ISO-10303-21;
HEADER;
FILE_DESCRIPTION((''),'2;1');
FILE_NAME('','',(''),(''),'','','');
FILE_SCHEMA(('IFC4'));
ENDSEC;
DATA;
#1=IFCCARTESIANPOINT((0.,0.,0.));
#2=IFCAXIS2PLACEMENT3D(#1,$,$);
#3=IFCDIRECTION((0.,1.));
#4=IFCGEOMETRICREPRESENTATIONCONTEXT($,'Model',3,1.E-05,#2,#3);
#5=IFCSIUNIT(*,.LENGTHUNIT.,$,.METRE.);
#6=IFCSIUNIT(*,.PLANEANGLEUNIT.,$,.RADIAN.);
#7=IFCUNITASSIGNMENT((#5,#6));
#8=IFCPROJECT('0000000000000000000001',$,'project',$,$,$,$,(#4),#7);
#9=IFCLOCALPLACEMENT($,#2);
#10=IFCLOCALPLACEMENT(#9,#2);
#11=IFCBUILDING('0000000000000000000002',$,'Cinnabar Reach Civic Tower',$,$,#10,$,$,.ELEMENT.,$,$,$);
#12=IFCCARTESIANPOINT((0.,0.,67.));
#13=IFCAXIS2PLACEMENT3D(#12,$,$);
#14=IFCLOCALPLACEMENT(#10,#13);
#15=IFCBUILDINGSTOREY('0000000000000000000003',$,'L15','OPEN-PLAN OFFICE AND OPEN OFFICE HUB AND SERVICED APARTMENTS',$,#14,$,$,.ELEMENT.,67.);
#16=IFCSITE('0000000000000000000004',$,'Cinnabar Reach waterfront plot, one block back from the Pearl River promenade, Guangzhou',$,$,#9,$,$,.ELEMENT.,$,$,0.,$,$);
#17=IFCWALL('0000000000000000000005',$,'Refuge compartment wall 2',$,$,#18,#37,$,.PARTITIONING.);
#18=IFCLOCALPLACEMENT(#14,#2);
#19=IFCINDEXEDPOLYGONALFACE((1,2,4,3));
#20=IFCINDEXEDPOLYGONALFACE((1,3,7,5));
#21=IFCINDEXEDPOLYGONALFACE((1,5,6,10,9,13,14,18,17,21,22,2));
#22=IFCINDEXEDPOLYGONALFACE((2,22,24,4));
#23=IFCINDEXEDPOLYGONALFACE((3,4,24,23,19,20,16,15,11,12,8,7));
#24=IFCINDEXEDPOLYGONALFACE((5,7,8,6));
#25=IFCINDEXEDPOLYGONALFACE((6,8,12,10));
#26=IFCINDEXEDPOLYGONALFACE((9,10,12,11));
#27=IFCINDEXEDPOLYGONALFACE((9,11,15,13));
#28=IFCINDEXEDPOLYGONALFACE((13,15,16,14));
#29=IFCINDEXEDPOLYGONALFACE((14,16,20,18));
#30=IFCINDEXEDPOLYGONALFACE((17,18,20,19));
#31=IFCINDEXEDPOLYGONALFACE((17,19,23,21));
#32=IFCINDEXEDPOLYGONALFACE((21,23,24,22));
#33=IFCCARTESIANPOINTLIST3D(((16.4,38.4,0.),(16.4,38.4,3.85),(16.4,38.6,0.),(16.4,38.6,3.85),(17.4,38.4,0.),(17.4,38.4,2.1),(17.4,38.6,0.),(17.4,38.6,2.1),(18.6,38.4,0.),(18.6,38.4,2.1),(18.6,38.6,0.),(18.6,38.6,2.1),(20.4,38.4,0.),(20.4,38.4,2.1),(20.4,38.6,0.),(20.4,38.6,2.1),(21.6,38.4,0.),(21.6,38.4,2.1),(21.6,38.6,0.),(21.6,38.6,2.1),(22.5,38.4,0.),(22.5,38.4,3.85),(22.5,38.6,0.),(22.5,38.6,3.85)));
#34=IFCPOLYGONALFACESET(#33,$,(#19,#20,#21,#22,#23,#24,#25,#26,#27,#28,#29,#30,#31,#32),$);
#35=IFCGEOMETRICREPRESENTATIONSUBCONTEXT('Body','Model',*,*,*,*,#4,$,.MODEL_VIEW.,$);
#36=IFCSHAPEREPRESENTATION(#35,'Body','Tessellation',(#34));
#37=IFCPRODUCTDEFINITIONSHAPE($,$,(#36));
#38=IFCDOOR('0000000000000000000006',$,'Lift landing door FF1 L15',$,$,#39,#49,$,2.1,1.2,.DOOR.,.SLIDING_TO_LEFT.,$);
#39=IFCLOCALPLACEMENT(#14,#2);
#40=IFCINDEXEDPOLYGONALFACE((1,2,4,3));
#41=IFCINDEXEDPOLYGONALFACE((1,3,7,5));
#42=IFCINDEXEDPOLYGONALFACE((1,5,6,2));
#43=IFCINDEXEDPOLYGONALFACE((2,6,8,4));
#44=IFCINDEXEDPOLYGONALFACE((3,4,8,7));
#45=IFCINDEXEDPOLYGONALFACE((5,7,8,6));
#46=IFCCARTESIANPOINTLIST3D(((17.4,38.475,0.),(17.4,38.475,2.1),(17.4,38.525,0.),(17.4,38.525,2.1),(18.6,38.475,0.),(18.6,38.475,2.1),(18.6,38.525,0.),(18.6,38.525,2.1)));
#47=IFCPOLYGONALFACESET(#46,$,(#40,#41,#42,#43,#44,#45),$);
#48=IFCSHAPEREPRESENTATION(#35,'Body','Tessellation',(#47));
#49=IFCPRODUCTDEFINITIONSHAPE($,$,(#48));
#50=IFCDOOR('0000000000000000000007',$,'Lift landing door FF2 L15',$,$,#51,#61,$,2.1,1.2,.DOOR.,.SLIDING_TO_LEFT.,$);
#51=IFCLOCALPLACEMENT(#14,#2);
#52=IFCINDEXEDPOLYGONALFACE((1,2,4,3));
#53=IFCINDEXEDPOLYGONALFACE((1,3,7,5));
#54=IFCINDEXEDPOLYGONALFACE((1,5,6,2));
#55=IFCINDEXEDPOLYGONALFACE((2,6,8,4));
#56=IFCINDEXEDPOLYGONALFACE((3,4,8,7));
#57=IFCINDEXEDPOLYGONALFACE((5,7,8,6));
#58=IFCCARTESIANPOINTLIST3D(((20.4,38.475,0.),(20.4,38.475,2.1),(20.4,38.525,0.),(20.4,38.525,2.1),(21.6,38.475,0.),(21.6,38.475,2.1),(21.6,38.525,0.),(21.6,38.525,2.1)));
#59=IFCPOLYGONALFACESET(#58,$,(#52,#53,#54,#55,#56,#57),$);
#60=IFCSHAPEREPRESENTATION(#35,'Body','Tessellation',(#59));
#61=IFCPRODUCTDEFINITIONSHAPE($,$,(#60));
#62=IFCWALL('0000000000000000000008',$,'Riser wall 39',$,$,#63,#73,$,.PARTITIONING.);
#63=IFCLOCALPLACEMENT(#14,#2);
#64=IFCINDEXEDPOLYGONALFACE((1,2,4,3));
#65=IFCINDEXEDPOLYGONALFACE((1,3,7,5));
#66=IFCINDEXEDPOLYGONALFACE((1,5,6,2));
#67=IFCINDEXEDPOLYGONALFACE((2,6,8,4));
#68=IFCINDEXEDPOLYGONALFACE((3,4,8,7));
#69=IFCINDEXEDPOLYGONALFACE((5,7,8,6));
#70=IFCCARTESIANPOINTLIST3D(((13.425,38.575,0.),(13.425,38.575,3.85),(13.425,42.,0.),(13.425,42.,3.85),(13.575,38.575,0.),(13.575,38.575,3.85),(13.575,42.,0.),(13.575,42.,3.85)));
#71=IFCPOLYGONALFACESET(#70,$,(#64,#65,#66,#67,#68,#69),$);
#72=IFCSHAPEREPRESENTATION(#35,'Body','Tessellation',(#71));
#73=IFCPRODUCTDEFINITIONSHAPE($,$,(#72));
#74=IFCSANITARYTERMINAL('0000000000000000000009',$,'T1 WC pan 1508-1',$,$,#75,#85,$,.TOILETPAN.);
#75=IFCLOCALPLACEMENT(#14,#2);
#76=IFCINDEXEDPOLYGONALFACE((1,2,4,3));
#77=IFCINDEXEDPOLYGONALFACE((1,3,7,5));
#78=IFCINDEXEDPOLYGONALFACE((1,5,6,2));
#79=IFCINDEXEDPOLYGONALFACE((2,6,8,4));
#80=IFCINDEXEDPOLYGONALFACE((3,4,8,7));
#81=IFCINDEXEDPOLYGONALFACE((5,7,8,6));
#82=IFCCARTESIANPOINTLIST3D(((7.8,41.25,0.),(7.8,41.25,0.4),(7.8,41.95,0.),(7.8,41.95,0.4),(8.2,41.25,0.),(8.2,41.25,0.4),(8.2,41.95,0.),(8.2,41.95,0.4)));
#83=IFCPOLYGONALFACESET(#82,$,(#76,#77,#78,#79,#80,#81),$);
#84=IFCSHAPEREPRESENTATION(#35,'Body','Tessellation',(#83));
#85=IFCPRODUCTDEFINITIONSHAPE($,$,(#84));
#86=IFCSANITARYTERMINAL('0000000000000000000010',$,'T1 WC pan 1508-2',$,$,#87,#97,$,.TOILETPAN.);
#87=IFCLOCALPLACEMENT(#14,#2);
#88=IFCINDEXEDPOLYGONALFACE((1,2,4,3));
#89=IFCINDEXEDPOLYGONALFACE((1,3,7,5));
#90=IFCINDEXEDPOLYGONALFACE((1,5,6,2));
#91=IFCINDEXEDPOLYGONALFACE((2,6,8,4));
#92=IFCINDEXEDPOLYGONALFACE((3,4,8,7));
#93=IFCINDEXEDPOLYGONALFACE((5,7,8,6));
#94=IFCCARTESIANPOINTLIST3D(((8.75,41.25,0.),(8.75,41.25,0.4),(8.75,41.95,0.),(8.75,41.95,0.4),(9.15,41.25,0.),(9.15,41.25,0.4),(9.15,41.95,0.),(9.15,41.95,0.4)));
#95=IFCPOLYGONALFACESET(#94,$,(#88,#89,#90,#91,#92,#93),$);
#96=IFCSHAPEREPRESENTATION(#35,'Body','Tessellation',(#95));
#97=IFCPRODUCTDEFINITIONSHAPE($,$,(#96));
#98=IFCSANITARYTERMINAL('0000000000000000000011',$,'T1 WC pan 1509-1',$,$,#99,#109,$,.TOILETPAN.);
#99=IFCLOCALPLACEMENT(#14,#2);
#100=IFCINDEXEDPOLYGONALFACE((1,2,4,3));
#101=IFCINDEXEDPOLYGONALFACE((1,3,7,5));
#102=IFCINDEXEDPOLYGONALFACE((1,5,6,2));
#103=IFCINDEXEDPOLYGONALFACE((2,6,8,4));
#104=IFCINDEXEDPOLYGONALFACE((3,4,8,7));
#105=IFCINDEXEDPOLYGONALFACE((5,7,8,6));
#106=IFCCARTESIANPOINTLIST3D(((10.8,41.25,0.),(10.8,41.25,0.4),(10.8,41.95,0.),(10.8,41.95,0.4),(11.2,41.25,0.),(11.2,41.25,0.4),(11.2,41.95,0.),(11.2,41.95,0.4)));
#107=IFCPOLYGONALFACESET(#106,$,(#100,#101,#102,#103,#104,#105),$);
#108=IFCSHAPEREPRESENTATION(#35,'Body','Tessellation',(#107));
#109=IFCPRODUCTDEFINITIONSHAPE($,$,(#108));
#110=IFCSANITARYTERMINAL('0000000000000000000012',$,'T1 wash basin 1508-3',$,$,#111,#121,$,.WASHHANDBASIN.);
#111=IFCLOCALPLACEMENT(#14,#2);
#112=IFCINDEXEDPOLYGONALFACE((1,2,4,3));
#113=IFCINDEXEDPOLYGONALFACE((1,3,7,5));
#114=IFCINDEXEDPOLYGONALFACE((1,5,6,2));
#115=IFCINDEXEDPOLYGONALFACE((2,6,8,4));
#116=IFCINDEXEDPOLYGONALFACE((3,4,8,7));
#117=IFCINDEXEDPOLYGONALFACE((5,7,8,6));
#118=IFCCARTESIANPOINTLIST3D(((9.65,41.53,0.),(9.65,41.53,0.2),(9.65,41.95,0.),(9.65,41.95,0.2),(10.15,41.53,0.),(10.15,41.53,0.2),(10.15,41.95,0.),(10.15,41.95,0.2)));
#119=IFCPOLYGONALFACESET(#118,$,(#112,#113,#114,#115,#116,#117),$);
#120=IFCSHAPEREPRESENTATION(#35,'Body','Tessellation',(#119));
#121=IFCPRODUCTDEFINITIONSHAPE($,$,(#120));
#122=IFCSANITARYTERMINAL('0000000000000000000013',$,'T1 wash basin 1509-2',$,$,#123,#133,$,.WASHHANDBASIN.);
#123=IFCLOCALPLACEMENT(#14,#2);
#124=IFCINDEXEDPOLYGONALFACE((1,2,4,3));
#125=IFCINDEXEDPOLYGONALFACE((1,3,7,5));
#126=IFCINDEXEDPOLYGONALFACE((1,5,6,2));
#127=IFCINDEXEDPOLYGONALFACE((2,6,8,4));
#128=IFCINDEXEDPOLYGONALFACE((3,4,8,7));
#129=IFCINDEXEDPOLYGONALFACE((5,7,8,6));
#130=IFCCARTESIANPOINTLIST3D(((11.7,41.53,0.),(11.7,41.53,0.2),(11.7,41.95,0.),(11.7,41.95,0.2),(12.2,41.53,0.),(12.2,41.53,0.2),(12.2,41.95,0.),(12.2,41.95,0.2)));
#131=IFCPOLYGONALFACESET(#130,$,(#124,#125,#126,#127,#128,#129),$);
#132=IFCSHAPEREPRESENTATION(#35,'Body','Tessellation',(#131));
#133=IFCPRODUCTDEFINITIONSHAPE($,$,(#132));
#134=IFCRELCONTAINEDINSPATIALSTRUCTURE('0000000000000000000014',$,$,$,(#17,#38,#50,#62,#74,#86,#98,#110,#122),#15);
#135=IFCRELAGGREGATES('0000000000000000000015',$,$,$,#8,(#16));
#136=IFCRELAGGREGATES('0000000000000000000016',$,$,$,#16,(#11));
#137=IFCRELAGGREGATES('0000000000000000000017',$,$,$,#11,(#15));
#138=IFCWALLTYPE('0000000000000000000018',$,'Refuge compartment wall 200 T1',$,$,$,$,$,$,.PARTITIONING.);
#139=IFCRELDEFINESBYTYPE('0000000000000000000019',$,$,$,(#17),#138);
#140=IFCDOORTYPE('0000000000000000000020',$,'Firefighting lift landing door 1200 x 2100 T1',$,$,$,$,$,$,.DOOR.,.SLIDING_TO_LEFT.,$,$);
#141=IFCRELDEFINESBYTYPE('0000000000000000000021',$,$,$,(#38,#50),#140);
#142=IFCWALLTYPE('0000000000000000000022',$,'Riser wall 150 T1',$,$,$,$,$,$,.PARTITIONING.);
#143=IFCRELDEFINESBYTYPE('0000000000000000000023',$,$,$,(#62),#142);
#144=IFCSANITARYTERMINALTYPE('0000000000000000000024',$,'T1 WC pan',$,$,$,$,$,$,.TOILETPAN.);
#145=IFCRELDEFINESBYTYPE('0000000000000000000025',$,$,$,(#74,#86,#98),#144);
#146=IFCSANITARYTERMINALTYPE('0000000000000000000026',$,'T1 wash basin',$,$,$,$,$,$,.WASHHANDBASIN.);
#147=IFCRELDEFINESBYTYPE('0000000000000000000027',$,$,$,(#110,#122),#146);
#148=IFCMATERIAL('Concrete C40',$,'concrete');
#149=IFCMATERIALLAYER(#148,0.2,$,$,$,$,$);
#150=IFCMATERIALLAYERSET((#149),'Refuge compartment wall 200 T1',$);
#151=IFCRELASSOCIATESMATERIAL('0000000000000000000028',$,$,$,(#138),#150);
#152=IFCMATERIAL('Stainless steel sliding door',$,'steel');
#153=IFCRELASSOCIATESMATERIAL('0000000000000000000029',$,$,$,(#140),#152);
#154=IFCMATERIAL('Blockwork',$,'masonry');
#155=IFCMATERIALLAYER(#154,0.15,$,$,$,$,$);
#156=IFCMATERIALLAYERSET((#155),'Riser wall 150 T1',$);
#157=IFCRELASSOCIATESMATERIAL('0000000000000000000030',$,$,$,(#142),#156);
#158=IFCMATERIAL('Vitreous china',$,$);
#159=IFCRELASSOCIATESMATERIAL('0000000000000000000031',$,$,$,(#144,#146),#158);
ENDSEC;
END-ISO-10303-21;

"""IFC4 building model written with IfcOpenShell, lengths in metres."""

from ifc_helpers import new_model, si_unit, direction, frame, frame_2d, origin, origin_2d, place, context, subcontext, project, spatial, rectangle, extrude, material, layer, layer_set, type_object, element, fill, save


model = new_model("IFC4")

# Units and contexts
model_context = context("Model", 3, precision=1e-05, world=origin(), true_north=direction((0.0, 1.0)))
body_context = subcontext(model_context, "Body", "Model", "MODEL_VIEW")
ifc_project = project(units=[si_unit("LENGTHUNIT", "METRE"), si_unit("PLANEANGLEUNIT", "RADIAN")], contexts=[model_context])

# Site, building, storey
site_placement = place(None, origin())
site = spatial("IfcSite", under=ifc_project, at=site_placement, Name="Cinnabar Reach waterfront plot, one block back from the Pearl River promenade, Guangzhou", CompositionType="ELEMENT", RefElevation=0.0)
building_placement = place(site_placement, origin())
building = spatial("IfcBuilding", under=site, at=building_placement, Name="Cinnabar Reach Civic Tower", CompositionType="ELEMENT")
storey_placement = place(building_placement, frame((0.0, 0.0, 67.0)))
storey = spatial("IfcBuildingStorey", under=building, at=storey_placement, Name="L15", Description="OPEN-PLAN OFFICE AND OPEN OFFICE HUB AND SERVICED APARTMENTS", CompositionType="ELEMENT", Elevation=67.0)

# Shared definitions
ifc_material_1 = material(Name="Blockwork", Category="masonry")
ifc_material_2 = material(Name="Concrete C40", Category="concrete")
ifc_layer_1 = layer(ifc_material_2, 0.2)
ifc_layer_set_1 = layer_set([ifc_layer_1], Name="Refuge compartment wall 200 T1")
wall_type_1 = type_object("IfcWallType", Name="Refuge compartment wall 200 T1", PredefinedType="PARTITIONING", material=ifc_layer_set_1)

# Wall, openings, doors
wall_1_placement = place(storey_placement, frame((16.4, 38.5, 0.0), z_axis=(0.0, 0.0, 1.0), x_axis=(1.0, 0.0, 0.0)))
wall_1 = element("IfcWall", 1, at=wall_1_placement, inside=storey, type_object=wall_type_1, Name="Refuge compartment wall 2", PredefinedType="PARTITIONING", context=body_context, shape_type="SweptSolid", body=[
    extrude(rectangle(XDim=6.1, YDim=0.2, at=frame_2d((3.05, 0.0))), origin(), (0.0, 0.0, 1.0), 3.85),
])
opening_1_placement = place(wall_1_placement, frame((1.0, 0.0, 0.0)))
opening_1 = element("IfcOpeningElement", 2, at=opening_1_placement, cuts=wall_1, PredefinedType="OPENING", context=body_context, shape_type="SweptSolid", body=[
    extrude(rectangle(XDim=1.2, YDim=2.1, at=frame_2d((0.6, 1.05))), frame((0.0, 0.11, 0.0), z_axis=(0.0, -1.0, 0.0), x_axis=(1.0, 0.0, 0.0)), (0.0, 0.0, 1.0), 0.22),
])
opening_2_placement = place(wall_1_placement, frame((4.0, 0.0, 0.0)))
opening_2 = element("IfcOpeningElement", 3, at=opening_2_placement, cuts=wall_1, PredefinedType="OPENING", context=body_context, shape_type="SweptSolid", body=[
    extrude(rectangle(XDim=1.2, YDim=2.1, at=frame_2d((0.6, 1.05))), frame((0.0, 0.11, 0.0), z_axis=(0.0, -1.0, 0.0), x_axis=(1.0, 0.0, 0.0)), (0.0, 0.0, 1.0), 0.22),
])
ifc_material_3 = material(Name="Stainless steel sliding door", Category="steel")
door_type = type_object("IfcDoorType", Name="Firefighting lift landing door 1200 x 2100 T1", OperationType="SLIDING_TO_LEFT", PredefinedType="DOOR", material=ifc_material_3)
door_1_placement = place(opening_1_placement, origin())
door_1 = element("IfcDoor", 4, at=door_1_placement, inside=storey, type_object=door_type, Name="Lift landing door FF1 L15", OperationType="SLIDING_TO_LEFT", OverallHeight=2.1, OverallWidth=1.2, PredefinedType="DOOR", context=body_context, shape_type="SweptSolid", body=[
    extrude(rectangle(XDim=1.2, YDim=2.1, at=frame_2d((0.6, 1.05))), frame((0.0, 0.025, 0.0), z_axis=(0.0, -1.0, 0.0), x_axis=(1.0, 0.0, 0.0)), (0.0, 0.0, 1.0), 0.05),
])
fill(opening_1, door_1)
door_2_placement = place(opening_2_placement, origin())
door_2 = element("IfcDoor", 5, at=door_2_placement, inside=storey, type_object=door_type, Name="Lift landing door FF2 L15", OperationType="SLIDING_TO_LEFT", OverallHeight=2.1, OverallWidth=1.2, PredefinedType="DOOR", context=body_context, shape_type="SweptSolid", body=[
    extrude(rectangle(XDim=1.2, YDim=2.1, at=frame_2d((0.6, 1.05))), frame((0.0, 0.025, 0.0), z_axis=(0.0, -1.0, 0.0), x_axis=(1.0, 0.0, 0.0)), (0.0, 0.0, 1.0), 0.05),
])
fill(opening_2, door_2)

# Wall
ifc_layer_2 = layer(ifc_material_1, 0.15)
ifc_layer_set_2 = layer_set([ifc_layer_2], Name="Riser wall 150 T1")
wall_type_2 = type_object("IfcWallType", Name="Riser wall 150 T1", PredefinedType="PARTITIONING", material=ifc_layer_set_2)
wall_2_placement = place(storey_placement, frame((13.5, 38.575, 0.0), z_axis=(0.0, 0.0, 1.0), x_axis=(0.0, 1.0, 0.0)))
element("IfcWall", 6, at=wall_2_placement, inside=storey, type_object=wall_type_2, Name="Riser wall 39", PredefinedType="PARTITIONING", context=body_context, shape_type="SweptSolid", body=[
    extrude(rectangle(XDim=3.425, YDim=0.15, at=frame_2d((1.7125, 0.0))), origin(), (0.0, 0.0, 1.0), 3.85),
])

# Sanitary terminals
ifc_material_4 = material(Name="Vitreous china")
sanitary_terminal_type_1 = type_object("IfcSanitaryTerminalType", Name="T1 WC pan", PredefinedType="TOILETPAN", material=ifc_material_4)
for number, where, z_axis, x_axis, name in (
    (7, (8.0, 41.6, 0.0), (0.0, 0.0, 1.0), (1.0, 0.0, 0.0), "T1 WC pan 1508-1"),
    (8, (8.95, 41.6, 0.0), (0.0, 0.0, 1.0), (1.0, 0.0, 0.0), "T1 WC pan 1508-2"),
    (9, (11.0, 41.6, 0.0), (0.0, 0.0, 1.0), (1.0, 0.0, 0.0), "T1 WC pan 1509-1"),
):
    element("IfcSanitaryTerminal", number, at=place(storey_placement, frame(where, z_axis=z_axis, x_axis=x_axis)), inside=storey, type_object=sanitary_terminal_type_1, Name=name, PredefinedType="TOILETPAN", context=body_context, shape_type="SweptSolid", body=[
        extrude(rectangle(XDim=0.4, YDim=0.7, at=origin_2d()), origin(), (0.0, 0.0, 1.0), 0.4),
    ])
sanitary_terminal_type_2 = type_object("IfcSanitaryTerminalType", Name="T1 wash basin", PredefinedType="WASHHANDBASIN", material=ifc_material_4)
for number, where, z_axis, x_axis, name in (
    (10, (9.9, 41.74, 0.0), (0.0, 0.0, 1.0), (1.0, 0.0, 0.0), "T1 wash basin 1508-3"),
    (11, (11.95, 41.74, 0.0), (0.0, 0.0, 1.0), (1.0, 0.0, 0.0), "T1 wash basin 1509-2"),
):
    element("IfcSanitaryTerminal", number, at=place(storey_placement, frame(where, z_axis=z_axis, x_axis=x_axis)), inside=storey, type_object=sanitary_terminal_type_2, Name=name, PredefinedType="WASHHANDBASIN", context=body_context, shape_type="SweptSolid", body=[
        extrude(rectangle(XDim=0.5, YDim=0.42, at=origin_2d()), origin(), (0.0, 0.0, 1.0), 0.2),
    ])

save(model, "model.ifc")
